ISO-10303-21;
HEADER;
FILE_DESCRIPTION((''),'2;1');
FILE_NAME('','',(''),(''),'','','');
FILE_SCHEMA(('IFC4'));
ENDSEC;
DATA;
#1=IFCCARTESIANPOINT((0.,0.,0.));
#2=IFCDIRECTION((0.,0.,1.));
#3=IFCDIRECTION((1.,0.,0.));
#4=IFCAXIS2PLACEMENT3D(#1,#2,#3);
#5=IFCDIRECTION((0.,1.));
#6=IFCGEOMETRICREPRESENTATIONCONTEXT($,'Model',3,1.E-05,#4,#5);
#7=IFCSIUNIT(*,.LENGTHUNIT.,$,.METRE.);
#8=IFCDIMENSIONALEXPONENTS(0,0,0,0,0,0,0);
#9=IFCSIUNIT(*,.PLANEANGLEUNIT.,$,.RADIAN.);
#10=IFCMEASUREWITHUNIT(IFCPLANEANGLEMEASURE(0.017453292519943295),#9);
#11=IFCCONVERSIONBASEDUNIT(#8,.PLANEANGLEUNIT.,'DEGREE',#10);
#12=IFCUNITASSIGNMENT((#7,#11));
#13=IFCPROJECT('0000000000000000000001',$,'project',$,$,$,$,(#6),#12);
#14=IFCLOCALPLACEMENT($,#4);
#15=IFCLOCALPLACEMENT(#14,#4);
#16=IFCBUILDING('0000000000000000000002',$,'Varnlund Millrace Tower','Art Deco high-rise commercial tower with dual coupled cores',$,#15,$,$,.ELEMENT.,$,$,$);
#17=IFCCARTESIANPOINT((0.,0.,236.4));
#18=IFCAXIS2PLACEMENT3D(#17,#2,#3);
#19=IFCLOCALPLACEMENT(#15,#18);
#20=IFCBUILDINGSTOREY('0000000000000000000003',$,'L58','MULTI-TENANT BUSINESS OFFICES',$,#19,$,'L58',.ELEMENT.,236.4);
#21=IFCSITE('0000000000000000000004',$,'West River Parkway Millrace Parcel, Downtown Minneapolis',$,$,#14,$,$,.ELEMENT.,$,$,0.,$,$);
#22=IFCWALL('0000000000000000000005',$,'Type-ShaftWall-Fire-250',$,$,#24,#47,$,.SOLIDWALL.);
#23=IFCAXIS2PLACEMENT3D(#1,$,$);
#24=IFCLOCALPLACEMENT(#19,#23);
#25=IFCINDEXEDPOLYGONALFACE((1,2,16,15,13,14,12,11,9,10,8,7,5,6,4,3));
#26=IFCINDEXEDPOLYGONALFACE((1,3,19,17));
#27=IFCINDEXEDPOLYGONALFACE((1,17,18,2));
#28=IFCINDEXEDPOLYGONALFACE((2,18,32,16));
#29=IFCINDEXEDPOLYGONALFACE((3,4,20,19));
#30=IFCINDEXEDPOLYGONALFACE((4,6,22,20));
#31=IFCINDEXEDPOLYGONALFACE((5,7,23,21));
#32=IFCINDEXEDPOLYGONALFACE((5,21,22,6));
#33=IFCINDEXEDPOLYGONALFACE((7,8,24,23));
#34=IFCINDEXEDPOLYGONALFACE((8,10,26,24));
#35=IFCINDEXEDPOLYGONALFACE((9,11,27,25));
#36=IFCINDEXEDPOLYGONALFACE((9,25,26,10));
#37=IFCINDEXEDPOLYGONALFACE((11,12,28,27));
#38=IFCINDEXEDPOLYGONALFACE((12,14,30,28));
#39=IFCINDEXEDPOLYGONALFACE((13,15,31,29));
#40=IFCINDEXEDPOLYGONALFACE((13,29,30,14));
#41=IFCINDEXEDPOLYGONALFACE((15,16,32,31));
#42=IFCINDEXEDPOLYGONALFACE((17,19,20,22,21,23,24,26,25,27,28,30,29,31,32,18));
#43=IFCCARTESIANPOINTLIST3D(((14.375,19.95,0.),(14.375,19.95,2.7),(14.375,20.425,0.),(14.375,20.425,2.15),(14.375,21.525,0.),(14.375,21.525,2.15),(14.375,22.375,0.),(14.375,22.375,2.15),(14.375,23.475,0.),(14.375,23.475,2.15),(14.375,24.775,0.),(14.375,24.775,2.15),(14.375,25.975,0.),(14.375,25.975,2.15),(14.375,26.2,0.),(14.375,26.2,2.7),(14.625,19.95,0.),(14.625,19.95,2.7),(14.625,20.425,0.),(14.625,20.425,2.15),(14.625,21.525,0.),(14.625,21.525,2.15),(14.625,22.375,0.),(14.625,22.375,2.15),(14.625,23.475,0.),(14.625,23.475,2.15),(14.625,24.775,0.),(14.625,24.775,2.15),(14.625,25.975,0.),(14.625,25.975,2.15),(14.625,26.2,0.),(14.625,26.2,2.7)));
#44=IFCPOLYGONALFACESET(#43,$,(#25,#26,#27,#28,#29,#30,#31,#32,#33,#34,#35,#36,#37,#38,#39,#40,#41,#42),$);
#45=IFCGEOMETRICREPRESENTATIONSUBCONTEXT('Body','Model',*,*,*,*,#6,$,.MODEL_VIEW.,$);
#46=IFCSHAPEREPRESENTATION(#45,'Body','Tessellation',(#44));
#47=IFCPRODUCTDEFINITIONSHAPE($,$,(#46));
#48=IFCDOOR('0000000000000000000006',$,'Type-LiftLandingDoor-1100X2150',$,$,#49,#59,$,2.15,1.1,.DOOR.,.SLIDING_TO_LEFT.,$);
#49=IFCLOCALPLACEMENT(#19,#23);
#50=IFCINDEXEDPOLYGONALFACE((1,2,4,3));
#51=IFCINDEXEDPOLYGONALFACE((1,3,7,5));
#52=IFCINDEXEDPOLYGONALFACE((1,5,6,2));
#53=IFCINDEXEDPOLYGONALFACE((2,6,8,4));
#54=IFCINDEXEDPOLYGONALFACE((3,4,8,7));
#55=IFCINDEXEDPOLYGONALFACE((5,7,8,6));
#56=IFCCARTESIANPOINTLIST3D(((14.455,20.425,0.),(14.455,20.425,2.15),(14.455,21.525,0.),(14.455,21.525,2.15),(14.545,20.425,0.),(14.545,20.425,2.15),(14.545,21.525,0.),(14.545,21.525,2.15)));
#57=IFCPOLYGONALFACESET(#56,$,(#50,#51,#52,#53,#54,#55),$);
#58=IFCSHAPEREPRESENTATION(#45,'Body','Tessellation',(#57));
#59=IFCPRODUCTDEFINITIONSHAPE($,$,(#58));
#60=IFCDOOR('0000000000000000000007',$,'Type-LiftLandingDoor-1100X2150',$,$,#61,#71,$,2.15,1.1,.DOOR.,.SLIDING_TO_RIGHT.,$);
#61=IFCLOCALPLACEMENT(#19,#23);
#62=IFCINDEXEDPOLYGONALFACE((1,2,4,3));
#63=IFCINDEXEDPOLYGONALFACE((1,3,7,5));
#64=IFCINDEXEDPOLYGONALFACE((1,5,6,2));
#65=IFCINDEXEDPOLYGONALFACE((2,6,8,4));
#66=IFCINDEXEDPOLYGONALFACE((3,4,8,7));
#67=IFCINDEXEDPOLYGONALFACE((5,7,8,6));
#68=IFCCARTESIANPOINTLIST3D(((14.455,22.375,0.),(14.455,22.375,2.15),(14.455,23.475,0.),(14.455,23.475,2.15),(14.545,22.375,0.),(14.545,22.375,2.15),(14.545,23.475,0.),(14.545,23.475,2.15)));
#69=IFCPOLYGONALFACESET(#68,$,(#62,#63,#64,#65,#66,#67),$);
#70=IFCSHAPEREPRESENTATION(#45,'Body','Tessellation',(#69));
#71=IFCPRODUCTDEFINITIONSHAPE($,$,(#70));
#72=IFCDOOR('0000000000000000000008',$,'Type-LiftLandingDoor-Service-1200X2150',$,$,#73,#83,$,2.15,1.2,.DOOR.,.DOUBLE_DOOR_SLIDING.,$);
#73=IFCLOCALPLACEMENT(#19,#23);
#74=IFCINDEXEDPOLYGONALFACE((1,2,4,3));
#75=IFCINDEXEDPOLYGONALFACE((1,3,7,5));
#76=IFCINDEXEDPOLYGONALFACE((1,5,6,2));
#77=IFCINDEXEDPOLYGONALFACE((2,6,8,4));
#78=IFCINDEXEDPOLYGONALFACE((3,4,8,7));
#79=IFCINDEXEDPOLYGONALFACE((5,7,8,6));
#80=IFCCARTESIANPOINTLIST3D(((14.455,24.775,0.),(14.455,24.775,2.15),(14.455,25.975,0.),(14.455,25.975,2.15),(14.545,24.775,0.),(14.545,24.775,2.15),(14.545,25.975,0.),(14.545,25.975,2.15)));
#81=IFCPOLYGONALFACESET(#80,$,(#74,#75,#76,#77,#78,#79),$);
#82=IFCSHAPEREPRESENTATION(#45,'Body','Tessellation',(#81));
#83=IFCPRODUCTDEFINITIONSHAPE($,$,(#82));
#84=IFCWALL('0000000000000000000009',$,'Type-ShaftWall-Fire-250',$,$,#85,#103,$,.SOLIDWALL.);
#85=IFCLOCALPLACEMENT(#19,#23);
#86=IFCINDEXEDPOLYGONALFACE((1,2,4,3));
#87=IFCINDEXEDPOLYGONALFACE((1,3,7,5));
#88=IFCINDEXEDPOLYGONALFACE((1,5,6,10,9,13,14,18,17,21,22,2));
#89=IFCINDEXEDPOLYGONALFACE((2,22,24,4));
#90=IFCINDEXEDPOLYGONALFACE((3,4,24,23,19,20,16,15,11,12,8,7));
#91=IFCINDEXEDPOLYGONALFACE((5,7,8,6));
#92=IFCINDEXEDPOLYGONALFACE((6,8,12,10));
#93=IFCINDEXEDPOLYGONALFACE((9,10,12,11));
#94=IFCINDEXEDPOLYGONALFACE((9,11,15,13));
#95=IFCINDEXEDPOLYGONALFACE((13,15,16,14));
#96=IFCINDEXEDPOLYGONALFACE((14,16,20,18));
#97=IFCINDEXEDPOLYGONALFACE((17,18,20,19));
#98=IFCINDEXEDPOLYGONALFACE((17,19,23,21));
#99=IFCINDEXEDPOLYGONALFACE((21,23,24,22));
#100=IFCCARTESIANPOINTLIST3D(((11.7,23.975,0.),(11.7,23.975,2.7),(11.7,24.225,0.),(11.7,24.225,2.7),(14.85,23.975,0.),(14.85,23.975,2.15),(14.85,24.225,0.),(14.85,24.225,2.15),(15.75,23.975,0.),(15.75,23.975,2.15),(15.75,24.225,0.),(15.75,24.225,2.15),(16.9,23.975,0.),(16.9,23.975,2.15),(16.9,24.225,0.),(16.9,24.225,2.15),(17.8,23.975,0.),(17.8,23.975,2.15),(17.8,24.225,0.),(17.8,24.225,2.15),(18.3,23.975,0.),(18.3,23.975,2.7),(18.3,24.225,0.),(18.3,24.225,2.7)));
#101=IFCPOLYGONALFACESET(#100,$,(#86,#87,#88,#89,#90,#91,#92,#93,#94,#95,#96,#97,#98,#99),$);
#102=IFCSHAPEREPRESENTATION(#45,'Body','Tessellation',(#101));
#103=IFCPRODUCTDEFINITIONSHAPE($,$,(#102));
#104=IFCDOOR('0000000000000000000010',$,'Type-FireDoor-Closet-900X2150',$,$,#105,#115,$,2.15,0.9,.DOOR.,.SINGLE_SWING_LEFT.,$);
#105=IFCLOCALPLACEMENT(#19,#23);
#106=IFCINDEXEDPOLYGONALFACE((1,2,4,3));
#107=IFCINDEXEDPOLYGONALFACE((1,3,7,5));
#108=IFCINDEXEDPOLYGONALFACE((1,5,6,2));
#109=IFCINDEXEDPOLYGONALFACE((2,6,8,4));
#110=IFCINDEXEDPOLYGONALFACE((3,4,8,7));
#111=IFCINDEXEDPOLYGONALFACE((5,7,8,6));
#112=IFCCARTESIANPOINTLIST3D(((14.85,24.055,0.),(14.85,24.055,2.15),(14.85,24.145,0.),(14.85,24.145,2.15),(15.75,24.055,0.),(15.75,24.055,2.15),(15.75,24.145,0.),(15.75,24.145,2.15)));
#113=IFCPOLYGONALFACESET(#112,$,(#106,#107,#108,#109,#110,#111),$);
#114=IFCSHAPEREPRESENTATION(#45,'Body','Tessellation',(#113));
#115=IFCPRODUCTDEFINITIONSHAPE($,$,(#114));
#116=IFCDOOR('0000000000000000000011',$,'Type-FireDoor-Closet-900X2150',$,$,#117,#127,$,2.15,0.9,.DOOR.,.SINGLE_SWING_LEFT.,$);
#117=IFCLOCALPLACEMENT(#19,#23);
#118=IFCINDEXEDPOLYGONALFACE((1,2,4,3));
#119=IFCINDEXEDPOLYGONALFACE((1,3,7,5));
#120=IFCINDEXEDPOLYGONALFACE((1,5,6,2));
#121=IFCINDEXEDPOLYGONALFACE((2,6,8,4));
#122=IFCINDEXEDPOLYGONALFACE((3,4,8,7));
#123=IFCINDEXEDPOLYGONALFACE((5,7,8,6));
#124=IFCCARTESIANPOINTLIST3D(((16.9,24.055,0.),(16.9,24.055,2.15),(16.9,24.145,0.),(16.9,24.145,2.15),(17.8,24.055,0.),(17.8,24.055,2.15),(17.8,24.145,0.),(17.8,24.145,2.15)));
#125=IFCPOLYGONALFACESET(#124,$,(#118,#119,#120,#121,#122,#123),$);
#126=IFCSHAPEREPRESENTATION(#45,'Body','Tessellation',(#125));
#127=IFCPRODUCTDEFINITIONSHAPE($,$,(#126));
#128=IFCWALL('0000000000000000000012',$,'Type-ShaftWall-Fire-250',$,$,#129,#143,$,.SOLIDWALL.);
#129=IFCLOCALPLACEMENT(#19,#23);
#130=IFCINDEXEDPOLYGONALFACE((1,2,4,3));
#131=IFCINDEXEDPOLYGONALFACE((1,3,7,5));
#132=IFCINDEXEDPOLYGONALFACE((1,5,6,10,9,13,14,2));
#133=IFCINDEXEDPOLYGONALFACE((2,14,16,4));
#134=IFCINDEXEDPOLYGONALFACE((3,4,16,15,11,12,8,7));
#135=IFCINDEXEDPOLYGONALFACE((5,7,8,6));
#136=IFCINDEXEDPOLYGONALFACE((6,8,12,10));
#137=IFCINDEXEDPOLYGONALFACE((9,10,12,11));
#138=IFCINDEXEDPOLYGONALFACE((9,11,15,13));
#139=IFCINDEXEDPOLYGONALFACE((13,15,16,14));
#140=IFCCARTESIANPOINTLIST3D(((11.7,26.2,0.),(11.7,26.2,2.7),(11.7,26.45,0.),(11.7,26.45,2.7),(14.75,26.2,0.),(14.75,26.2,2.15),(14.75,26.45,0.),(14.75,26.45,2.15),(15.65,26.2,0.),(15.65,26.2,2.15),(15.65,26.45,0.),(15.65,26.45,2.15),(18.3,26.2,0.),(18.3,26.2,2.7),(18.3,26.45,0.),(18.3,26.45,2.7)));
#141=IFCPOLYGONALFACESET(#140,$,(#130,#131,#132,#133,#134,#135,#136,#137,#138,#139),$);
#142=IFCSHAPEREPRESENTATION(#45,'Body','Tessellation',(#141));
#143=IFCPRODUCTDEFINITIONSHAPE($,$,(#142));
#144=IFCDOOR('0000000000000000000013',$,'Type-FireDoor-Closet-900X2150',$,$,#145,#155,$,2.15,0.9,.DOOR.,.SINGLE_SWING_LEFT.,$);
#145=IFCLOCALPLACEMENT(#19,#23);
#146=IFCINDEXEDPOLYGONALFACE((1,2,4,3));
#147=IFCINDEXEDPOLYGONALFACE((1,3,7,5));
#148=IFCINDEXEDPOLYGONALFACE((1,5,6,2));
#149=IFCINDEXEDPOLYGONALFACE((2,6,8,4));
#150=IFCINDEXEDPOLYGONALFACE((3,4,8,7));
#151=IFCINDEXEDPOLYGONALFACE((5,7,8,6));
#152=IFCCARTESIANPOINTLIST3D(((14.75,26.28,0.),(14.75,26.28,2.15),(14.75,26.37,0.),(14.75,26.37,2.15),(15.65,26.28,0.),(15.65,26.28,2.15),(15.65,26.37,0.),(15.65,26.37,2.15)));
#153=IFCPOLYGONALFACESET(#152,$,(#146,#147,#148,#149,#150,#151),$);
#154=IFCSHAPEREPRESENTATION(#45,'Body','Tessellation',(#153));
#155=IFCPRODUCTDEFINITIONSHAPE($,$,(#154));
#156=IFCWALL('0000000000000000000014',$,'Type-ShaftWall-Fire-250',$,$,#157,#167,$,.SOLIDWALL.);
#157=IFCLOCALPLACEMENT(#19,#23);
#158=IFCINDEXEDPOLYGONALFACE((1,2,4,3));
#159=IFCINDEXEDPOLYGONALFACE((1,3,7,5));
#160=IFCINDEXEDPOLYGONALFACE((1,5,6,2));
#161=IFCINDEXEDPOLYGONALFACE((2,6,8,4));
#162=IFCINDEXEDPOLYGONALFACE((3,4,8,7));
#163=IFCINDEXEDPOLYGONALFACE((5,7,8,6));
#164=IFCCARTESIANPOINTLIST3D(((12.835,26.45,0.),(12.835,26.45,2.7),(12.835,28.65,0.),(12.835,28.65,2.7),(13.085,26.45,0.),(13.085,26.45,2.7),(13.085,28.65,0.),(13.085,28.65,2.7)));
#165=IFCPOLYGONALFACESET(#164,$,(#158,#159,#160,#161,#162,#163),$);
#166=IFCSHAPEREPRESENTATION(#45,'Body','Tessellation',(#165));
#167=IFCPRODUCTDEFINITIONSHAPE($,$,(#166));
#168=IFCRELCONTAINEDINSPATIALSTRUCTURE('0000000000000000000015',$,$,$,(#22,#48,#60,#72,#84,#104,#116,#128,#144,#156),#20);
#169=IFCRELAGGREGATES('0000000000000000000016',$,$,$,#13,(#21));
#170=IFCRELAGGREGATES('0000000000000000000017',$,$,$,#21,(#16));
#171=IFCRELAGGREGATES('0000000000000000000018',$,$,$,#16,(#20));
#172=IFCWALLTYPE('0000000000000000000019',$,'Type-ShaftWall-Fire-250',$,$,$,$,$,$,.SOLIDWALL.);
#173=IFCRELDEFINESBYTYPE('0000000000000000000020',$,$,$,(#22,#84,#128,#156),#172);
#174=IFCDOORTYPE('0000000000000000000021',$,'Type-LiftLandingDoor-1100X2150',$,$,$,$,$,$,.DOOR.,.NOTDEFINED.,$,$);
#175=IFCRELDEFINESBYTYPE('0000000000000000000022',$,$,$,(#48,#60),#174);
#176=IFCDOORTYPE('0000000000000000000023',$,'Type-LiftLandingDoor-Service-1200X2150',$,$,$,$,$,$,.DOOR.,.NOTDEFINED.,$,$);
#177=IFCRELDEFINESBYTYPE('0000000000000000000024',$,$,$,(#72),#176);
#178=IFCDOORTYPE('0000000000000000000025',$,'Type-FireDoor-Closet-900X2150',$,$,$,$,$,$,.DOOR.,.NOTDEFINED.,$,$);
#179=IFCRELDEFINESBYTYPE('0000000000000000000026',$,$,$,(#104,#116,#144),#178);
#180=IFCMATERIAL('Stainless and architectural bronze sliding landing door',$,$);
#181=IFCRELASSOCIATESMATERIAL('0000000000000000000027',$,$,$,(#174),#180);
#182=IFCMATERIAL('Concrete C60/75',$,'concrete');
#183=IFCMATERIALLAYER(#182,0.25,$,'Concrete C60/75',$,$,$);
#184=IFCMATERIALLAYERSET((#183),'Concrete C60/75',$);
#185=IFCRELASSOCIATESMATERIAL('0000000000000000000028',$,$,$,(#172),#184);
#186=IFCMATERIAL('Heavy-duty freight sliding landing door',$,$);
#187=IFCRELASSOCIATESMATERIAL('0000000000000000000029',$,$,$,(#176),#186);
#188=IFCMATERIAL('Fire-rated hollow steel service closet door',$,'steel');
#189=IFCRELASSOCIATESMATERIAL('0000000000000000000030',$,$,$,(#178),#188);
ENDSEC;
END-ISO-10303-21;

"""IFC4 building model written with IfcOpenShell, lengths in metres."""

from ifc_helpers import new_model, entity, si_unit, converted_unit, direction, frame, origin_with_axes, origin_2d_with_axis, place, context, subcontext, project, spatial, polyline, rectangle, outline, extrude, material, layer, layer_set, type_object, element, fill, save


model = new_model("IFC4")

# Units and contexts
model_context = context("Model", 3, precision=1e-05, world=origin_with_axes(), true_north=direction((0.0, 1.0)))
body_context = subcontext(model_context, "Body", "Model", "MODEL_VIEW")
ifc_project = project(units=[si_unit("LENGTHUNIT", "METRE"), converted_unit("PLANEANGLEUNIT", "DEGREE", entity("IfcPlaneAngleMeasure", 0.017453292519943295), si_unit("PLANEANGLEUNIT", "RADIAN"), dimensions=[0, 0, 0, 0, 0, 0, 0])], contexts=[model_context])

# Site, building, storey
site_placement = place(None, origin_with_axes())
site = spatial("IfcSite", under=ifc_project, at=site_placement, Name="West River Parkway Millrace Parcel, Downtown Minneapolis", CompositionType="ELEMENT", RefElevation=0.0)
building_placement = place(site_placement, origin_with_axes())
building = spatial("IfcBuilding", under=site, at=building_placement, Name="Varnlund Millrace Tower", Description="Art Deco high-rise commercial tower with dual coupled cores", CompositionType="ELEMENT")
storey_placement = place(building_placement, frame((0.0, 0.0, 236.4), z_axis=(0.0, 0.0, 1.0), x_axis=(1.0, 0.0, 0.0)))
storey = spatial("IfcBuildingStorey", under=building, at=storey_placement, Name="L58", Description="MULTI-TENANT BUSINESS OFFICES", LongName="L58", CompositionType="ELEMENT", Elevation=236.4)

# Shared definitions
ifc_material_1 = material(Name="Concrete C60/75", Category="concrete")

# Walls, openings, doors
ifc_material_2 = material(Name="Stainless and architectural bronze sliding landing door")
door_type_1 = type_object("IfcDoorType", Name="Type-LiftLandingDoor-1100X2150", OperationType="NOTDEFINED", PredefinedType="DOOR", material=ifc_material_2)
ifc_layer_1 = layer(ifc_material_1, 0.25, Name="Concrete C60/75")
ifc_layer_set_1 = layer_set([ifc_layer_1], Name="Concrete C60/75")
wall_type_1 = type_object("IfcWallType", Name="Type-ShaftWall-Fire-250", PredefinedType="SOLIDWALL", material=ifc_layer_set_1)
wall_1_placement = place(storey_placement, frame((14.5, 19.95, 0.0), z_axis=(0.0, 0.0, 1.0), x_axis=(0.0, 1.0, 0.0)))
wall_1 = element("IfcWall", 1, at=wall_1_placement, inside=storey, type_object=wall_type_1, Name="Type-ShaftWall-Fire-250", PredefinedType="SOLIDWALL", context=body_context, shape_type="SweptSolid", body=[
    extrude(outline(polyline([(0.0, -0.125), (6.25, -0.125), (6.25, 0.125), (0.0, 0.125), (0.0, -0.125)])), origin_with_axes(), (0.0, 0.0, 1.0), 2.7),
])
opening_1_placement = place(wall_1_placement, frame((1.025, 0.0, 0.0), z_axis=(0.0, 0.0, 1.0), x_axis=(1.0, 0.0, 0.0)))
opening_1 = element("IfcOpeningElement", 2, at=opening_1_placement, cuts=wall_1, PredefinedType="OPENING", context=body_context, shape_type="SweptSolid", body=[
    extrude(rectangle(XDim=1.1, YDim=0.27, at=origin_2d_with_axis()), origin_with_axes(), (0.0, 0.0, 1.0), 2.15),
])
opening_2_placement = place(wall_1_placement, frame((2.975, 0.0, 0.0), z_axis=(0.0, 0.0, 1.0), x_axis=(1.0, 0.0, 0.0)))
opening_2 = element("IfcOpeningElement", 3, at=opening_2_placement, cuts=wall_1, PredefinedType="OPENING", context=body_context, shape_type="SweptSolid", body=[
    extrude(rectangle(XDim=1.1, YDim=0.27, at=origin_2d_with_axis()), origin_with_axes(), (0.0, 0.0, 1.0), 2.15),
])
opening_3_placement = place(wall_1_placement, frame((5.425, 0.0, 0.0), z_axis=(0.0, 0.0, 1.0), x_axis=(1.0, 0.0, 0.0)))
opening_3 = element("IfcOpeningElement", 4, at=opening_3_placement, cuts=wall_1, PredefinedType="OPENING", context=body_context, shape_type="SweptSolid", body=[
    extrude(rectangle(XDim=1.2, YDim=0.27, at=origin_2d_with_axis()), origin_with_axes(), (0.0, 0.0, 1.0), 2.15),
])
door_1_placement = place(wall_1_placement, frame((1.025, 0.0, 0.0), z_axis=(0.0, 0.0, 1.0), x_axis=(1.0, 0.0, 0.0)))
door_1 = element("IfcDoor", 5, at=door_1_placement, inside=storey, type_object=door_type_1, Name="Type-LiftLandingDoor-1100X2150", OperationType="SLIDING_TO_LEFT", OverallHeight=2.15, OverallWidth=1.1, PredefinedType="DOOR", context=body_context, shape_type="SweptSolid", body=[
    extrude(rectangle(XDim=1.1, YDim=0.09, at=origin_2d_with_axis()), origin_with_axes(), (0.0, 0.0, 1.0), 2.15),
])
fill(opening_1, door_1)
door_2_placement = place(wall_1_placement, frame((2.975, 0.0, 0.0), z_axis=(0.0, 0.0, 1.0), x_axis=(1.0, 0.0, 0.0)))
door_2 = element("IfcDoor", 6, at=door_2_placement, inside=storey, type_object=door_type_1, Name="Type-LiftLandingDoor-1100X2150", OperationType="SLIDING_TO_RIGHT", OverallHeight=2.15, OverallWidth=1.1, PredefinedType="DOOR", context=body_context, shape_type="SweptSolid", body=[
    extrude(rectangle(XDim=1.1, YDim=0.09, at=origin_2d_with_axis()), origin_with_axes(), (0.0, 0.0, 1.0), 2.15),
])
fill(opening_2, door_2)
ifc_material_3 = material(Name="Heavy-duty freight sliding landing door")
door_type_2 = type_object("IfcDoorType", Name="Type-LiftLandingDoor-Service-1200X2150", OperationType="NOTDEFINED", PredefinedType="DOOR", material=ifc_material_3)
door_3_placement = place(wall_1_placement, frame((5.425, 0.0, 0.0), z_axis=(0.0, 0.0, 1.0), x_axis=(1.0, 0.0, 0.0)))
door_3 = element("IfcDoor", 7, at=door_3_placement, inside=storey, type_object=door_type_2, Name="Type-LiftLandingDoor-Service-1200X2150", OperationType="DOUBLE_DOOR_SLIDING", OverallHeight=2.15, OverallWidth=1.2, PredefinedType="DOOR", context=body_context, shape_type="SweptSolid", body=[
    extrude(rectangle(XDim=1.2, YDim=0.09, at=origin_2d_with_axis()), origin_with_axes(), (0.0, 0.0, 1.0), 2.15),
])
fill(opening_3, door_3)
wall_2_placement = place(storey_placement, frame((11.7, 24.1, 0.0), z_axis=(0.0, 0.0, 1.0), x_axis=(1.0, 0.0, 0.0)))
wall_2 = element("IfcWall", 8, at=wall_2_placement, inside=storey, type_object=wall_type_1, Name="Type-ShaftWall-Fire-250", PredefinedType="SOLIDWALL", context=body_context, shape_type="SweptSolid", body=[
    extrude(outline(polyline([(0.0, -0.125), (6.6, -0.125), (6.6, 0.125), (0.0, 0.125), (0.0, -0.125)])), origin_with_axes(), (0.0, 0.0, 1.0), 2.7),
])
opening_4_placement = place(wall_2_placement, frame((3.6, 0.0, 0.0), z_axis=(0.0, 0.0, 1.0), x_axis=(1.0, 0.0, 0.0)))
opening_4 = element("IfcOpeningElement", 9, at=opening_4_placement, cuts=wall_2, PredefinedType="OPENING", context=body_context, shape_type="SweptSolid", body=[
    extrude(rectangle(XDim=0.9, YDim=0.27, at=origin_2d_with_axis()), origin_with_axes(), (0.0, 0.0, 1.0), 2.15),
])
opening_5_placement = place(wall_2_placement, frame((5.65, 0.0, 0.0), z_axis=(0.0, 0.0, 1.0), x_axis=(1.0, 0.0, 0.0)))
opening_5 = element("IfcOpeningElement", 10, at=opening_5_placement, cuts=wall_2, PredefinedType="OPENING", context=body_context, shape_type="SweptSolid", body=[
    extrude(rectangle(XDim=0.9, YDim=0.27, at=origin_2d_with_axis()), origin_with_axes(), (0.0, 0.0, 1.0), 2.15),
])
ifc_material_4 = material(Name="Fire-rated hollow steel service closet door", Category="steel")
door_type_3 = type_object("IfcDoorType", Name="Type-FireDoor-Closet-900X2150", OperationType="NOTDEFINED", PredefinedType="DOOR", material=ifc_material_4)
door_4_placement = place(wall_2_placement, frame((3.6, 0.0, 0.0), z_axis=(0.0, 0.0, 1.0), x_axis=(1.0, 0.0, 0.0)))
door_4 = element("IfcDoor", 11, at=door_4_placement, inside=storey, type_object=door_type_3, Name="Type-FireDoor-Closet-900X2150", OperationType="SINGLE_SWING_LEFT", OverallHeight=2.15, OverallWidth=0.9, PredefinedType="DOOR", context=body_context, shape_type="SweptSolid", body=[
    extrude(rectangle(XDim=0.9, YDim=0.09, at=origin_2d_with_axis()), origin_with_axes(), (0.0, 0.0, 1.0), 2.15),
])
fill(opening_4, door_4)
door_5_placement = place(wall_2_placement, frame((5.65, 0.0, 0.0), z_axis=(0.0, 0.0, 1.0), x_axis=(1.0, 0.0, 0.0)))
door_5 = element("IfcDoor", 12, at=door_5_placement, inside=storey, type_object=door_type_3, Name="Type-FireDoor-Closet-900X2150", OperationType="SINGLE_SWING_LEFT", OverallHeight=2.15, OverallWidth=0.9, PredefinedType="DOOR", context=body_context, shape_type="SweptSolid", body=[
    extrude(rectangle(XDim=0.9, YDim=0.09, at=origin_2d_with_axis()), origin_with_axes(), (0.0, 0.0, 1.0), 2.15),
])
fill(opening_5, door_5)

# Wall, opening, door
wall_3_placement = place(storey_placement, frame((11.7, 26.325, 0.0), z_axis=(0.0, 0.0, 1.0), x_axis=(1.0, 0.0, 0.0)))
wall_3 = element("IfcWall", 13, at=wall_3_placement, inside=storey, type_object=wall_type_1, Name="Type-ShaftWall-Fire-250", PredefinedType="SOLIDWALL", context=body_context, shape_type="SweptSolid", body=[
    extrude(outline(polyline([(0.0, -0.125), (6.6, -0.125), (6.6, 0.125), (0.0, 0.125), (0.0, -0.125)])), origin_with_axes(), (0.0, 0.0, 1.0), 2.7),
])
opening_6_placement = place(wall_3_placement, frame((3.5, 0.0, 0.0), z_axis=(0.0, 0.0, 1.0), x_axis=(1.0, 0.0, 0.0)))
opening_6 = element("IfcOpeningElement", 14, at=opening_6_placement, cuts=wall_3, PredefinedType="OPENING", context=body_context, shape_type="SweptSolid", body=[
    extrude(rectangle(XDim=0.9, YDim=0.27, at=origin_2d_with_axis()), origin_with_axes(), (0.0, 0.0, 1.0), 2.15),
])
door_6_placement = place(wall_3_placement, frame((3.5, 0.0, 0.0), z_axis=(0.0, 0.0, 1.0), x_axis=(1.0, 0.0, 0.0)))
door_6 = element("IfcDoor", 15, at=door_6_placement, inside=storey, type_object=door_type_3, Name="Type-FireDoor-Closet-900X2150", OperationType="SINGLE_SWING_LEFT", OverallHeight=2.15, OverallWidth=0.9, PredefinedType="DOOR", context=body_context, shape_type="SweptSolid", body=[
    extrude(rectangle(XDim=0.9, YDim=0.09, at=origin_2d_with_axis()), origin_with_axes(), (0.0, 0.0, 1.0), 2.15),
])
fill(opening_6, door_6)

# Wall
for number, where, z_axis, x_axis, name in (
    (16, (12.96, 26.45, 0.0), (0.0, 0.0, 1.0), (0.0, 1.0, 0.0), "Type-ShaftWall-Fire-250"),
):
    element("IfcWall", number, at=place(storey_placement, frame(where, z_axis=z_axis, x_axis=x_axis)), inside=storey, type_object=wall_type_1, Name=name, PredefinedType="SOLIDWALL", context=body_context, shape_type="SweptSolid", body=[
        extrude(outline(polyline([(0.0, -0.125), (2.2, -0.125), (2.2, 0.125), (0.0, 0.125), (0.0, -0.125)])), origin_with_axes(), (0.0, 0.0, 1.0), 2.7),
    ])

save(model, "model.ifc")
